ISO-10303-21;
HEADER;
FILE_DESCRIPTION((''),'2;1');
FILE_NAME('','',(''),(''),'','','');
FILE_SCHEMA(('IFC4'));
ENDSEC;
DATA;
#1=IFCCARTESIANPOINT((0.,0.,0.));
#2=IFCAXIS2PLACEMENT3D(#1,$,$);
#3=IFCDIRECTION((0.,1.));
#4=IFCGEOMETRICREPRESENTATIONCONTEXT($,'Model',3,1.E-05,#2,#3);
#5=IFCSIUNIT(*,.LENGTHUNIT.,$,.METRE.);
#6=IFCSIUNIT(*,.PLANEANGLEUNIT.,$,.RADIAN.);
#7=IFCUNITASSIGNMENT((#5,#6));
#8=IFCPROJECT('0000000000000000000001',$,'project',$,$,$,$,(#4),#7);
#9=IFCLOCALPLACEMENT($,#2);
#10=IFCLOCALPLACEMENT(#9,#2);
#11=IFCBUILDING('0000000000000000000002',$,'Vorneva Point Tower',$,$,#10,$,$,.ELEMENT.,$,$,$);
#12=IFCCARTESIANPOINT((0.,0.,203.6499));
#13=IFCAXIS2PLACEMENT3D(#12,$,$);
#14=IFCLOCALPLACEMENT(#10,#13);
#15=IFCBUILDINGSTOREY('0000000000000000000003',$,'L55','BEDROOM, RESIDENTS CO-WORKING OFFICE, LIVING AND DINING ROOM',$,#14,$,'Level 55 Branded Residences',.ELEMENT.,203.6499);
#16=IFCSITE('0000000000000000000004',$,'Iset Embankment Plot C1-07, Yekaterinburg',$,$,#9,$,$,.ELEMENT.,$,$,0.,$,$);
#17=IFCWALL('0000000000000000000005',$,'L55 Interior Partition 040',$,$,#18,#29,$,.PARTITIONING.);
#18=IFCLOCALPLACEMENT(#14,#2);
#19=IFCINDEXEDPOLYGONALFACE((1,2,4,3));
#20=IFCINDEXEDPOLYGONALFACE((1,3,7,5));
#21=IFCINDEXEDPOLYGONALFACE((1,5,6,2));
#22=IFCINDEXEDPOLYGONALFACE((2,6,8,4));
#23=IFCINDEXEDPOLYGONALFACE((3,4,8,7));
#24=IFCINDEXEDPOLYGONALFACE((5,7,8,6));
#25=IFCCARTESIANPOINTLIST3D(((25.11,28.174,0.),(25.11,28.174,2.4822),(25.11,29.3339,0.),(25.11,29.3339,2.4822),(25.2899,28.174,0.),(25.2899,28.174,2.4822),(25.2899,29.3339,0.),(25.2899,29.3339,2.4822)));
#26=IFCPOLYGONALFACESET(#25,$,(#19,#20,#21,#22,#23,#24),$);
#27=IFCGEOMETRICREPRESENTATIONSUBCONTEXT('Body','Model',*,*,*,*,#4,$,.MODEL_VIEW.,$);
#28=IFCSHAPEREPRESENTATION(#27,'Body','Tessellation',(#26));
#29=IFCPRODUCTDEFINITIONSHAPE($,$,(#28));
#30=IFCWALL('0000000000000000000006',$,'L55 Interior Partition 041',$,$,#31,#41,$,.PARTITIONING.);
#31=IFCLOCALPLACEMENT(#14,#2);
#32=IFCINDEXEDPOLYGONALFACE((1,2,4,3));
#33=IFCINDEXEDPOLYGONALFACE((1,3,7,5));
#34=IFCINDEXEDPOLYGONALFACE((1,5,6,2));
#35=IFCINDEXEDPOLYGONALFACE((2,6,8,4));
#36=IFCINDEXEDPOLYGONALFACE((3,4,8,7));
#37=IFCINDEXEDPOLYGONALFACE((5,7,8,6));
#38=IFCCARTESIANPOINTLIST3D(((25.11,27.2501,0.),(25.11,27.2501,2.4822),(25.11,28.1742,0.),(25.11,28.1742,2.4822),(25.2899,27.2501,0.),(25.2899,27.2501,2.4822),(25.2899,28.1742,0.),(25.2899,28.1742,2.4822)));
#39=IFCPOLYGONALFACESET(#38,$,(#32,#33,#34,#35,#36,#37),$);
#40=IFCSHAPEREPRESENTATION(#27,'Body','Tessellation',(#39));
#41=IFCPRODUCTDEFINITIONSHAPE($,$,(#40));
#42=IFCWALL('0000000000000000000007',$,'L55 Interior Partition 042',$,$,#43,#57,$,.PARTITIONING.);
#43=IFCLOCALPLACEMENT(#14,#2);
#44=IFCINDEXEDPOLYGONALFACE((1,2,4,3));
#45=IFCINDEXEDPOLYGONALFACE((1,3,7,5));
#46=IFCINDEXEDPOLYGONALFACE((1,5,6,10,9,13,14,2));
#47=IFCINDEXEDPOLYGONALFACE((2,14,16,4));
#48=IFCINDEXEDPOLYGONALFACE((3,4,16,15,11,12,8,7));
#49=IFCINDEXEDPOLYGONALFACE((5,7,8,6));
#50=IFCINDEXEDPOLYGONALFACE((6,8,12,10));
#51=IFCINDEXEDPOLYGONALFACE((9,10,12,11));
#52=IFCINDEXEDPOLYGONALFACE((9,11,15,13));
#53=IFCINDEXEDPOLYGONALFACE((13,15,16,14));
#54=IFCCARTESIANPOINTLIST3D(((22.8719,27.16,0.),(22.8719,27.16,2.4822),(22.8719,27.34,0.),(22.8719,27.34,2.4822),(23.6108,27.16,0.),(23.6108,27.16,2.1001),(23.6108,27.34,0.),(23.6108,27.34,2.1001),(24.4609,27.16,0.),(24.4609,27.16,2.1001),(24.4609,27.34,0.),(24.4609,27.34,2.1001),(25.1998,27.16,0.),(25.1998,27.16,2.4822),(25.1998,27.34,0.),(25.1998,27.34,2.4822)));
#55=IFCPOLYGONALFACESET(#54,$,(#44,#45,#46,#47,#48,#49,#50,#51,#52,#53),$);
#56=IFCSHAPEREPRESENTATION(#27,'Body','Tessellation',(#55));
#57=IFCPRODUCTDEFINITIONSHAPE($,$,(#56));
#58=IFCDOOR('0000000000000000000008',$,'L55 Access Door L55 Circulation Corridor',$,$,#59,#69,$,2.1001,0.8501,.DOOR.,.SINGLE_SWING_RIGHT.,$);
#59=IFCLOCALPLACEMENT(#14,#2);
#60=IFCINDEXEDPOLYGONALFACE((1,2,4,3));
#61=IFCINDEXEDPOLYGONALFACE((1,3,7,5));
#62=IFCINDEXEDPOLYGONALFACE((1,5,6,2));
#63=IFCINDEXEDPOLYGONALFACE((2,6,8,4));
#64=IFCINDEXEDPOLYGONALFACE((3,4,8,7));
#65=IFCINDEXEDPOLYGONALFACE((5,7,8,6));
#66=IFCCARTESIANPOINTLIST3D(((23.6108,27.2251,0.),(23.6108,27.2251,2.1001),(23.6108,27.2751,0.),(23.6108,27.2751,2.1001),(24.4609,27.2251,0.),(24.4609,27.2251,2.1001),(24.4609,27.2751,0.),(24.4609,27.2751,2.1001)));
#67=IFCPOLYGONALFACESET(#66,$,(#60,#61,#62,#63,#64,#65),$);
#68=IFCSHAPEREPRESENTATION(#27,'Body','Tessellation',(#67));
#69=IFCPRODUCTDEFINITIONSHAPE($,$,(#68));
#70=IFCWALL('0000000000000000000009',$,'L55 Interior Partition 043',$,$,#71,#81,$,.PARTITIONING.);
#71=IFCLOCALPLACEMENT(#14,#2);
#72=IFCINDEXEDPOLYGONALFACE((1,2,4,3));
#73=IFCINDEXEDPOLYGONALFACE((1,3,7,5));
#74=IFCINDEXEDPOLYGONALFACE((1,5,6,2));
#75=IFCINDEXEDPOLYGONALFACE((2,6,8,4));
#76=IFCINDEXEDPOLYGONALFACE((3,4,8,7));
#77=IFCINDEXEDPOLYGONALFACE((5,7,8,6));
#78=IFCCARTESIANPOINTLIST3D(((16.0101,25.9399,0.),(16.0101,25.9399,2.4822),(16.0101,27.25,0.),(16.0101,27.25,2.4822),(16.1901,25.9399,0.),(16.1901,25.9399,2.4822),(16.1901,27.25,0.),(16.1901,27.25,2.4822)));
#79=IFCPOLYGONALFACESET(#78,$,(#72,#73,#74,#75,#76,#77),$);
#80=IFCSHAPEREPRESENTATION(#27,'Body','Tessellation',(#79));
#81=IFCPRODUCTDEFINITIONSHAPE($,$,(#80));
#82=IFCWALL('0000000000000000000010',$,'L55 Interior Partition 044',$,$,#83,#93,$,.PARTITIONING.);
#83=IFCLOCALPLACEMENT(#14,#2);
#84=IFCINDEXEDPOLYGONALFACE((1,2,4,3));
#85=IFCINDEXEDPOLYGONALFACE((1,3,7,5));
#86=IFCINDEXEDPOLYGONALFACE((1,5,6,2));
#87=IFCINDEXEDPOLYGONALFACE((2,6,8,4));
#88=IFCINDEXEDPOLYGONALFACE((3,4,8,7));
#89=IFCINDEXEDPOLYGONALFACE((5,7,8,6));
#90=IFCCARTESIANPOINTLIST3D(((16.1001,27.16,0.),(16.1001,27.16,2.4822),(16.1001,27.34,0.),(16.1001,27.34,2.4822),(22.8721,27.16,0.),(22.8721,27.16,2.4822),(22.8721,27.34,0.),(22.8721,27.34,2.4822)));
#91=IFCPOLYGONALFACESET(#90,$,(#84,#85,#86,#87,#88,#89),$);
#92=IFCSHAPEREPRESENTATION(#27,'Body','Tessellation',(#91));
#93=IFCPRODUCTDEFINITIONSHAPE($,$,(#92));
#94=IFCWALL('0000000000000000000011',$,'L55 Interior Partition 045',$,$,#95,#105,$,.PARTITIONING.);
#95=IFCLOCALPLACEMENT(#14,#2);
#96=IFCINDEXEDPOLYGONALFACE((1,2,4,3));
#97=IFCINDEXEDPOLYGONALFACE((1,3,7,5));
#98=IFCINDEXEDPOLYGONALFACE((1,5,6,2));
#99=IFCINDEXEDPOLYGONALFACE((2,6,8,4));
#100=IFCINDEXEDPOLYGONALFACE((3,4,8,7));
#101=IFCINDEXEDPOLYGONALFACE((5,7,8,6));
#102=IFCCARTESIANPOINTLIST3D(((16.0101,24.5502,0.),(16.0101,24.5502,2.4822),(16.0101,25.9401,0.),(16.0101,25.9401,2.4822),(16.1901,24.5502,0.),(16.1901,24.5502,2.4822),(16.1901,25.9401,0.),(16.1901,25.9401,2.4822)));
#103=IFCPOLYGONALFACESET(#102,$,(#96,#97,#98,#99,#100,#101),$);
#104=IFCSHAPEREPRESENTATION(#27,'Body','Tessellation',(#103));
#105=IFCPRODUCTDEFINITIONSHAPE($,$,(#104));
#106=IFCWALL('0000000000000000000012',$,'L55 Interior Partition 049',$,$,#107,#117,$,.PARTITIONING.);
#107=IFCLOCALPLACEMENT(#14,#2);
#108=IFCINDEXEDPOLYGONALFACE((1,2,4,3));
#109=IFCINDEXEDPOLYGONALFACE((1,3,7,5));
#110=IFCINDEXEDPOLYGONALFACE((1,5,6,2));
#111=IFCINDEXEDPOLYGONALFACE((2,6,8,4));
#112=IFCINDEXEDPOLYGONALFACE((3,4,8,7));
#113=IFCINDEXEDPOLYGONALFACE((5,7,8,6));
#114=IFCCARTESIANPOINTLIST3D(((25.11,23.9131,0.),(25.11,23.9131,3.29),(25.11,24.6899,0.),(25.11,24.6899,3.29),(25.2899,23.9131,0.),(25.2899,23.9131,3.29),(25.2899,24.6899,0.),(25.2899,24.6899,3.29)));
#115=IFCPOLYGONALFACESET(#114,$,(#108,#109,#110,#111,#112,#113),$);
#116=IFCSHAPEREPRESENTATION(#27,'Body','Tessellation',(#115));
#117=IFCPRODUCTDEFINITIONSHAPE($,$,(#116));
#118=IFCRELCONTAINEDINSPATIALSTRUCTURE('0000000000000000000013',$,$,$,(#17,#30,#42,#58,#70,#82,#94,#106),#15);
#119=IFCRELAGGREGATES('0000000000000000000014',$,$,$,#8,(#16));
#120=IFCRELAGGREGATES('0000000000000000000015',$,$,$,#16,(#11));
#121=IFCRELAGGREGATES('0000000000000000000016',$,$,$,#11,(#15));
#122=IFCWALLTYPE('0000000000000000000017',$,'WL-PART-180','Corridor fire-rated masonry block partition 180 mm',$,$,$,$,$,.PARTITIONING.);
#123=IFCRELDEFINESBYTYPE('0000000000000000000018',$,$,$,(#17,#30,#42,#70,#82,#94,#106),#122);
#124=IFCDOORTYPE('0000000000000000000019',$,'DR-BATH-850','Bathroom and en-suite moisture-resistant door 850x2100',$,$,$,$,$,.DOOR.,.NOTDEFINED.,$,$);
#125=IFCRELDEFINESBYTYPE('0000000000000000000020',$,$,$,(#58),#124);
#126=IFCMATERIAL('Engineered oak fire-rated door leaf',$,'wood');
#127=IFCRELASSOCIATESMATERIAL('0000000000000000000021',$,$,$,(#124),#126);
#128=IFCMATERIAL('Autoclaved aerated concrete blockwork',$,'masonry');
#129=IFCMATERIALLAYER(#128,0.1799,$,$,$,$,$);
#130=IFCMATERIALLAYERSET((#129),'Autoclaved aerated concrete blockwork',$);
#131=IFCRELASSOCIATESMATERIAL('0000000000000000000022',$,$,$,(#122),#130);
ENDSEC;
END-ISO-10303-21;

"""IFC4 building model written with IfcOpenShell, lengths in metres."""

from ifc_helpers import new_model, si_unit, direction, frame, frame_2d, origin, place, context, subcontext, project, spatial, rectangle, extrude, material, layer, layer_set, type_object, element, fill, save


model = new_model("IFC4")

# Units and contexts
model_context = context("Model", 3, precision=1e-05, world=origin(), true_north=direction((0.0, 1.0)))
body_context = subcontext(model_context, "Body", "Model", "MODEL_VIEW")
ifc_project = project(units=[si_unit("LENGTHUNIT", "METRE"), si_unit("PLANEANGLEUNIT", "RADIAN")], contexts=[model_context])

# Site, building, storey
site_placement = place(None, origin())
site = spatial("IfcSite", under=ifc_project, at=site_placement, Name="Iset Embankment Plot C1-07, Yekaterinburg", CompositionType="ELEMENT", RefElevation=0.0)
building_placement = place(site_placement, origin())
building = spatial("IfcBuilding", under=site, at=building_placement, Name="Vorneva Point Tower", CompositionType="ELEMENT")
storey_placement = place(building_placement, frame((0.0, 0.0, 203.6499)))
storey = spatial("IfcBuildingStorey", under=building, at=storey_placement, Name="L55", Description="BEDROOM, RESIDENTS CO-WORKING OFFICE, LIVING AND DINING ROOM", LongName="Level 55 Branded Residences", CompositionType="ELEMENT", Elevation=203.6499)

# Shared definitions
ifc_material_1 = material(Name="Engineered oak fire-rated door leaf", Category="wood")
door_type_1 = type_object("IfcDoorType", Name="DR-BATH-850", Description="Bathroom and en-suite moisture-resistant door 850x2100", OperationType="NOTDEFINED", PredefinedType="DOOR", material=ifc_material_1)

# Walls
ifc_material_2 = material(Name="Autoclaved aerated concrete blockwork", Category="masonry")
ifc_layer_1 = layer(ifc_material_2, 0.1799)
ifc_layer_set_1 = layer_set([ifc_layer_1], Name="Autoclaved aerated concrete blockwork")
wall_type_1 = type_object("IfcWallType", Name="WL-PART-180", Description="Corridor fire-rated masonry block partition 180 mm", PredefinedType="PARTITIONING", material=ifc_layer_set_1)
wall_1_placement = place(storey_placement, frame((25.2, 29.334, 0.0), z_axis=(0.0, 0.0, 1.0), x_axis=(0.0, -1.0, 0.0)))
element("IfcWall", 1, at=wall_1_placement, inside=storey, type_object=wall_type_1, Name="L55 Interior Partition 040", PredefinedType="PARTITIONING", context=body_context, shape_type="SweptSolid", body=[
    extrude(rectangle(XDim=1.1599, YDim=0.1799, at=frame_2d((0.5801, 0.0))), origin(), (0.0, 0.0, 1.0), 2.4822),
])
wall_2_placement = place(storey_placement, frame((25.2, 28.1741, 0.0), z_axis=(0.0, 0.0, 1.0), x_axis=(0.0, -1.0, 0.0)))
element("IfcWall", 2, at=wall_2_placement, inside=storey, type_object=wall_type_1, Name="L55 Interior Partition 041", PredefinedType="PARTITIONING", context=body_context, shape_type="SweptSolid", body=[
    extrude(rectangle(XDim=0.9241, YDim=0.1799, at=frame_2d((0.4619, 0.0))), origin(), (0.0, 0.0, 1.0), 2.4822),
])

# Wall, opening, door
wall_3_placement = place(storey_placement, frame((25.2, 27.25, 0.0), z_axis=(0.0, 0.0, 1.0), x_axis=(-1.0, 0.0, 0.0)))
wall_3 = element("IfcWall", 3, at=wall_3_placement, inside=storey, type_object=wall_type_1, Name="L55 Interior Partition 042", PredefinedType="PARTITIONING", context=body_context, shape_type="SweptSolid", body=[
    extrude(rectangle(XDim=2.3279, YDim=0.1799, at=frame_2d((1.1641, 0.0))), origin(), (0.0, 0.0, 1.0), 2.4822),
])
opening_1_placement = place(wall_3_placement, frame((0.739, 0.0, 0.0)))
opening_1 = element("IfcOpeningElement", 4, at=opening_1_placement, cuts=wall_3, PredefinedType="OPENING", context=body_context, shape_type="SweptSolid", body=[
    extrude(rectangle(XDim=0.8501, YDim=2.1001, at=frame_2d((0.425, 1.05))), frame((0.0, 0.105, 0.0), z_axis=(0.0, -1.0, 0.0), x_axis=(1.0, 0.0, 0.0)), (0.0, 0.0, 1.0), 0.2097),
])
door_1_placement = place(opening_1_placement, origin())
door_1 = element("IfcDoor", 5, at=door_1_placement, inside=storey, type_object=door_type_1, Name="L55 Access Door L55 Circulation Corridor", OperationType="SINGLE_SWING_RIGHT", OverallHeight=2.1001, OverallWidth=0.8501, PredefinedType="DOOR", context=body_context, shape_type="SweptSolid", body=[
    extrude(rectangle(XDim=0.8501, YDim=2.1001, at=frame_2d((0.425, 1.05))), frame((0.0, 0.0249, 0.0), z_axis=(0.0, -1.0, 0.0), x_axis=(1.0, 0.0, 0.0)), (0.0, 0.0, 1.0), 0.05),
])
fill(opening_1, door_1)

# Walls
wall_4_placement = place(storey_placement, frame((16.1001, 27.25, 0.0), z_axis=(0.0, 0.0, 1.0), x_axis=(0.0, -1.0, 0.0)))
element("IfcWall", 6, at=wall_4_placement, inside=storey, type_object=wall_type_1, Name="L55 Interior Partition 043", PredefinedType="PARTITIONING", context=body_context, shape_type="SweptSolid", body=[
    extrude(rectangle(XDim=1.3101, YDim=0.1799, at=frame_2d((0.655, 0.0))), origin(), (0.0, 0.0, 1.0), 2.4822),
])
wall_5_placement = place(storey_placement, frame((22.8721, 27.25, 0.0), z_axis=(0.0, 0.0, 1.0), x_axis=(-1.0, 0.0, 0.0)))
element("IfcWall", 7, at=wall_5_placement, inside=storey, type_object=wall_type_1, Name="L55 Interior Partition 044", PredefinedType="PARTITIONING", context=body_context, shape_type="SweptSolid", body=[
    extrude(rectangle(XDim=6.772, YDim=0.1799, at=frame_2d((3.386, 0.0))), origin(), (0.0, 0.0, 1.0), 2.4822),
])
wall_6_placement = place(storey_placement, frame((16.1001, 25.9399, 0.0), z_axis=(0.0, 0.0, 1.0), x_axis=(0.0, -1.0, 0.0)))
element("IfcWall", 8, at=wall_6_placement, inside=storey, type_object=wall_type_1, Name="L55 Interior Partition 045", PredefinedType="PARTITIONING", context=body_context, shape_type="SweptSolid", body=[
    extrude(rectangle(XDim=1.3899, YDim=0.1799, at=frame_2d((0.6948, 0.0))), origin(), (0.0, 0.0, 1.0), 2.4822),
])
wall_7_placement = place(storey_placement, frame((25.2, 24.6899, 0.0), z_axis=(0.0, 0.0, 1.0), x_axis=(0.0, -1.0, 0.0)))
element("IfcWall", 9, at=wall_7_placement, inside=storey, type_object=wall_type_1, Name="L55 Interior Partition 049", PredefinedType="PARTITIONING", context=body_context, shape_type="SweptSolid", body=[
    extrude(rectangle(XDim=0.7769, YDim=0.1799, at=frame_2d((0.3884, 0.0))), origin(), (0.0, 0.0, 1.0), 3.29),
])

save(model, "model.ifc")
